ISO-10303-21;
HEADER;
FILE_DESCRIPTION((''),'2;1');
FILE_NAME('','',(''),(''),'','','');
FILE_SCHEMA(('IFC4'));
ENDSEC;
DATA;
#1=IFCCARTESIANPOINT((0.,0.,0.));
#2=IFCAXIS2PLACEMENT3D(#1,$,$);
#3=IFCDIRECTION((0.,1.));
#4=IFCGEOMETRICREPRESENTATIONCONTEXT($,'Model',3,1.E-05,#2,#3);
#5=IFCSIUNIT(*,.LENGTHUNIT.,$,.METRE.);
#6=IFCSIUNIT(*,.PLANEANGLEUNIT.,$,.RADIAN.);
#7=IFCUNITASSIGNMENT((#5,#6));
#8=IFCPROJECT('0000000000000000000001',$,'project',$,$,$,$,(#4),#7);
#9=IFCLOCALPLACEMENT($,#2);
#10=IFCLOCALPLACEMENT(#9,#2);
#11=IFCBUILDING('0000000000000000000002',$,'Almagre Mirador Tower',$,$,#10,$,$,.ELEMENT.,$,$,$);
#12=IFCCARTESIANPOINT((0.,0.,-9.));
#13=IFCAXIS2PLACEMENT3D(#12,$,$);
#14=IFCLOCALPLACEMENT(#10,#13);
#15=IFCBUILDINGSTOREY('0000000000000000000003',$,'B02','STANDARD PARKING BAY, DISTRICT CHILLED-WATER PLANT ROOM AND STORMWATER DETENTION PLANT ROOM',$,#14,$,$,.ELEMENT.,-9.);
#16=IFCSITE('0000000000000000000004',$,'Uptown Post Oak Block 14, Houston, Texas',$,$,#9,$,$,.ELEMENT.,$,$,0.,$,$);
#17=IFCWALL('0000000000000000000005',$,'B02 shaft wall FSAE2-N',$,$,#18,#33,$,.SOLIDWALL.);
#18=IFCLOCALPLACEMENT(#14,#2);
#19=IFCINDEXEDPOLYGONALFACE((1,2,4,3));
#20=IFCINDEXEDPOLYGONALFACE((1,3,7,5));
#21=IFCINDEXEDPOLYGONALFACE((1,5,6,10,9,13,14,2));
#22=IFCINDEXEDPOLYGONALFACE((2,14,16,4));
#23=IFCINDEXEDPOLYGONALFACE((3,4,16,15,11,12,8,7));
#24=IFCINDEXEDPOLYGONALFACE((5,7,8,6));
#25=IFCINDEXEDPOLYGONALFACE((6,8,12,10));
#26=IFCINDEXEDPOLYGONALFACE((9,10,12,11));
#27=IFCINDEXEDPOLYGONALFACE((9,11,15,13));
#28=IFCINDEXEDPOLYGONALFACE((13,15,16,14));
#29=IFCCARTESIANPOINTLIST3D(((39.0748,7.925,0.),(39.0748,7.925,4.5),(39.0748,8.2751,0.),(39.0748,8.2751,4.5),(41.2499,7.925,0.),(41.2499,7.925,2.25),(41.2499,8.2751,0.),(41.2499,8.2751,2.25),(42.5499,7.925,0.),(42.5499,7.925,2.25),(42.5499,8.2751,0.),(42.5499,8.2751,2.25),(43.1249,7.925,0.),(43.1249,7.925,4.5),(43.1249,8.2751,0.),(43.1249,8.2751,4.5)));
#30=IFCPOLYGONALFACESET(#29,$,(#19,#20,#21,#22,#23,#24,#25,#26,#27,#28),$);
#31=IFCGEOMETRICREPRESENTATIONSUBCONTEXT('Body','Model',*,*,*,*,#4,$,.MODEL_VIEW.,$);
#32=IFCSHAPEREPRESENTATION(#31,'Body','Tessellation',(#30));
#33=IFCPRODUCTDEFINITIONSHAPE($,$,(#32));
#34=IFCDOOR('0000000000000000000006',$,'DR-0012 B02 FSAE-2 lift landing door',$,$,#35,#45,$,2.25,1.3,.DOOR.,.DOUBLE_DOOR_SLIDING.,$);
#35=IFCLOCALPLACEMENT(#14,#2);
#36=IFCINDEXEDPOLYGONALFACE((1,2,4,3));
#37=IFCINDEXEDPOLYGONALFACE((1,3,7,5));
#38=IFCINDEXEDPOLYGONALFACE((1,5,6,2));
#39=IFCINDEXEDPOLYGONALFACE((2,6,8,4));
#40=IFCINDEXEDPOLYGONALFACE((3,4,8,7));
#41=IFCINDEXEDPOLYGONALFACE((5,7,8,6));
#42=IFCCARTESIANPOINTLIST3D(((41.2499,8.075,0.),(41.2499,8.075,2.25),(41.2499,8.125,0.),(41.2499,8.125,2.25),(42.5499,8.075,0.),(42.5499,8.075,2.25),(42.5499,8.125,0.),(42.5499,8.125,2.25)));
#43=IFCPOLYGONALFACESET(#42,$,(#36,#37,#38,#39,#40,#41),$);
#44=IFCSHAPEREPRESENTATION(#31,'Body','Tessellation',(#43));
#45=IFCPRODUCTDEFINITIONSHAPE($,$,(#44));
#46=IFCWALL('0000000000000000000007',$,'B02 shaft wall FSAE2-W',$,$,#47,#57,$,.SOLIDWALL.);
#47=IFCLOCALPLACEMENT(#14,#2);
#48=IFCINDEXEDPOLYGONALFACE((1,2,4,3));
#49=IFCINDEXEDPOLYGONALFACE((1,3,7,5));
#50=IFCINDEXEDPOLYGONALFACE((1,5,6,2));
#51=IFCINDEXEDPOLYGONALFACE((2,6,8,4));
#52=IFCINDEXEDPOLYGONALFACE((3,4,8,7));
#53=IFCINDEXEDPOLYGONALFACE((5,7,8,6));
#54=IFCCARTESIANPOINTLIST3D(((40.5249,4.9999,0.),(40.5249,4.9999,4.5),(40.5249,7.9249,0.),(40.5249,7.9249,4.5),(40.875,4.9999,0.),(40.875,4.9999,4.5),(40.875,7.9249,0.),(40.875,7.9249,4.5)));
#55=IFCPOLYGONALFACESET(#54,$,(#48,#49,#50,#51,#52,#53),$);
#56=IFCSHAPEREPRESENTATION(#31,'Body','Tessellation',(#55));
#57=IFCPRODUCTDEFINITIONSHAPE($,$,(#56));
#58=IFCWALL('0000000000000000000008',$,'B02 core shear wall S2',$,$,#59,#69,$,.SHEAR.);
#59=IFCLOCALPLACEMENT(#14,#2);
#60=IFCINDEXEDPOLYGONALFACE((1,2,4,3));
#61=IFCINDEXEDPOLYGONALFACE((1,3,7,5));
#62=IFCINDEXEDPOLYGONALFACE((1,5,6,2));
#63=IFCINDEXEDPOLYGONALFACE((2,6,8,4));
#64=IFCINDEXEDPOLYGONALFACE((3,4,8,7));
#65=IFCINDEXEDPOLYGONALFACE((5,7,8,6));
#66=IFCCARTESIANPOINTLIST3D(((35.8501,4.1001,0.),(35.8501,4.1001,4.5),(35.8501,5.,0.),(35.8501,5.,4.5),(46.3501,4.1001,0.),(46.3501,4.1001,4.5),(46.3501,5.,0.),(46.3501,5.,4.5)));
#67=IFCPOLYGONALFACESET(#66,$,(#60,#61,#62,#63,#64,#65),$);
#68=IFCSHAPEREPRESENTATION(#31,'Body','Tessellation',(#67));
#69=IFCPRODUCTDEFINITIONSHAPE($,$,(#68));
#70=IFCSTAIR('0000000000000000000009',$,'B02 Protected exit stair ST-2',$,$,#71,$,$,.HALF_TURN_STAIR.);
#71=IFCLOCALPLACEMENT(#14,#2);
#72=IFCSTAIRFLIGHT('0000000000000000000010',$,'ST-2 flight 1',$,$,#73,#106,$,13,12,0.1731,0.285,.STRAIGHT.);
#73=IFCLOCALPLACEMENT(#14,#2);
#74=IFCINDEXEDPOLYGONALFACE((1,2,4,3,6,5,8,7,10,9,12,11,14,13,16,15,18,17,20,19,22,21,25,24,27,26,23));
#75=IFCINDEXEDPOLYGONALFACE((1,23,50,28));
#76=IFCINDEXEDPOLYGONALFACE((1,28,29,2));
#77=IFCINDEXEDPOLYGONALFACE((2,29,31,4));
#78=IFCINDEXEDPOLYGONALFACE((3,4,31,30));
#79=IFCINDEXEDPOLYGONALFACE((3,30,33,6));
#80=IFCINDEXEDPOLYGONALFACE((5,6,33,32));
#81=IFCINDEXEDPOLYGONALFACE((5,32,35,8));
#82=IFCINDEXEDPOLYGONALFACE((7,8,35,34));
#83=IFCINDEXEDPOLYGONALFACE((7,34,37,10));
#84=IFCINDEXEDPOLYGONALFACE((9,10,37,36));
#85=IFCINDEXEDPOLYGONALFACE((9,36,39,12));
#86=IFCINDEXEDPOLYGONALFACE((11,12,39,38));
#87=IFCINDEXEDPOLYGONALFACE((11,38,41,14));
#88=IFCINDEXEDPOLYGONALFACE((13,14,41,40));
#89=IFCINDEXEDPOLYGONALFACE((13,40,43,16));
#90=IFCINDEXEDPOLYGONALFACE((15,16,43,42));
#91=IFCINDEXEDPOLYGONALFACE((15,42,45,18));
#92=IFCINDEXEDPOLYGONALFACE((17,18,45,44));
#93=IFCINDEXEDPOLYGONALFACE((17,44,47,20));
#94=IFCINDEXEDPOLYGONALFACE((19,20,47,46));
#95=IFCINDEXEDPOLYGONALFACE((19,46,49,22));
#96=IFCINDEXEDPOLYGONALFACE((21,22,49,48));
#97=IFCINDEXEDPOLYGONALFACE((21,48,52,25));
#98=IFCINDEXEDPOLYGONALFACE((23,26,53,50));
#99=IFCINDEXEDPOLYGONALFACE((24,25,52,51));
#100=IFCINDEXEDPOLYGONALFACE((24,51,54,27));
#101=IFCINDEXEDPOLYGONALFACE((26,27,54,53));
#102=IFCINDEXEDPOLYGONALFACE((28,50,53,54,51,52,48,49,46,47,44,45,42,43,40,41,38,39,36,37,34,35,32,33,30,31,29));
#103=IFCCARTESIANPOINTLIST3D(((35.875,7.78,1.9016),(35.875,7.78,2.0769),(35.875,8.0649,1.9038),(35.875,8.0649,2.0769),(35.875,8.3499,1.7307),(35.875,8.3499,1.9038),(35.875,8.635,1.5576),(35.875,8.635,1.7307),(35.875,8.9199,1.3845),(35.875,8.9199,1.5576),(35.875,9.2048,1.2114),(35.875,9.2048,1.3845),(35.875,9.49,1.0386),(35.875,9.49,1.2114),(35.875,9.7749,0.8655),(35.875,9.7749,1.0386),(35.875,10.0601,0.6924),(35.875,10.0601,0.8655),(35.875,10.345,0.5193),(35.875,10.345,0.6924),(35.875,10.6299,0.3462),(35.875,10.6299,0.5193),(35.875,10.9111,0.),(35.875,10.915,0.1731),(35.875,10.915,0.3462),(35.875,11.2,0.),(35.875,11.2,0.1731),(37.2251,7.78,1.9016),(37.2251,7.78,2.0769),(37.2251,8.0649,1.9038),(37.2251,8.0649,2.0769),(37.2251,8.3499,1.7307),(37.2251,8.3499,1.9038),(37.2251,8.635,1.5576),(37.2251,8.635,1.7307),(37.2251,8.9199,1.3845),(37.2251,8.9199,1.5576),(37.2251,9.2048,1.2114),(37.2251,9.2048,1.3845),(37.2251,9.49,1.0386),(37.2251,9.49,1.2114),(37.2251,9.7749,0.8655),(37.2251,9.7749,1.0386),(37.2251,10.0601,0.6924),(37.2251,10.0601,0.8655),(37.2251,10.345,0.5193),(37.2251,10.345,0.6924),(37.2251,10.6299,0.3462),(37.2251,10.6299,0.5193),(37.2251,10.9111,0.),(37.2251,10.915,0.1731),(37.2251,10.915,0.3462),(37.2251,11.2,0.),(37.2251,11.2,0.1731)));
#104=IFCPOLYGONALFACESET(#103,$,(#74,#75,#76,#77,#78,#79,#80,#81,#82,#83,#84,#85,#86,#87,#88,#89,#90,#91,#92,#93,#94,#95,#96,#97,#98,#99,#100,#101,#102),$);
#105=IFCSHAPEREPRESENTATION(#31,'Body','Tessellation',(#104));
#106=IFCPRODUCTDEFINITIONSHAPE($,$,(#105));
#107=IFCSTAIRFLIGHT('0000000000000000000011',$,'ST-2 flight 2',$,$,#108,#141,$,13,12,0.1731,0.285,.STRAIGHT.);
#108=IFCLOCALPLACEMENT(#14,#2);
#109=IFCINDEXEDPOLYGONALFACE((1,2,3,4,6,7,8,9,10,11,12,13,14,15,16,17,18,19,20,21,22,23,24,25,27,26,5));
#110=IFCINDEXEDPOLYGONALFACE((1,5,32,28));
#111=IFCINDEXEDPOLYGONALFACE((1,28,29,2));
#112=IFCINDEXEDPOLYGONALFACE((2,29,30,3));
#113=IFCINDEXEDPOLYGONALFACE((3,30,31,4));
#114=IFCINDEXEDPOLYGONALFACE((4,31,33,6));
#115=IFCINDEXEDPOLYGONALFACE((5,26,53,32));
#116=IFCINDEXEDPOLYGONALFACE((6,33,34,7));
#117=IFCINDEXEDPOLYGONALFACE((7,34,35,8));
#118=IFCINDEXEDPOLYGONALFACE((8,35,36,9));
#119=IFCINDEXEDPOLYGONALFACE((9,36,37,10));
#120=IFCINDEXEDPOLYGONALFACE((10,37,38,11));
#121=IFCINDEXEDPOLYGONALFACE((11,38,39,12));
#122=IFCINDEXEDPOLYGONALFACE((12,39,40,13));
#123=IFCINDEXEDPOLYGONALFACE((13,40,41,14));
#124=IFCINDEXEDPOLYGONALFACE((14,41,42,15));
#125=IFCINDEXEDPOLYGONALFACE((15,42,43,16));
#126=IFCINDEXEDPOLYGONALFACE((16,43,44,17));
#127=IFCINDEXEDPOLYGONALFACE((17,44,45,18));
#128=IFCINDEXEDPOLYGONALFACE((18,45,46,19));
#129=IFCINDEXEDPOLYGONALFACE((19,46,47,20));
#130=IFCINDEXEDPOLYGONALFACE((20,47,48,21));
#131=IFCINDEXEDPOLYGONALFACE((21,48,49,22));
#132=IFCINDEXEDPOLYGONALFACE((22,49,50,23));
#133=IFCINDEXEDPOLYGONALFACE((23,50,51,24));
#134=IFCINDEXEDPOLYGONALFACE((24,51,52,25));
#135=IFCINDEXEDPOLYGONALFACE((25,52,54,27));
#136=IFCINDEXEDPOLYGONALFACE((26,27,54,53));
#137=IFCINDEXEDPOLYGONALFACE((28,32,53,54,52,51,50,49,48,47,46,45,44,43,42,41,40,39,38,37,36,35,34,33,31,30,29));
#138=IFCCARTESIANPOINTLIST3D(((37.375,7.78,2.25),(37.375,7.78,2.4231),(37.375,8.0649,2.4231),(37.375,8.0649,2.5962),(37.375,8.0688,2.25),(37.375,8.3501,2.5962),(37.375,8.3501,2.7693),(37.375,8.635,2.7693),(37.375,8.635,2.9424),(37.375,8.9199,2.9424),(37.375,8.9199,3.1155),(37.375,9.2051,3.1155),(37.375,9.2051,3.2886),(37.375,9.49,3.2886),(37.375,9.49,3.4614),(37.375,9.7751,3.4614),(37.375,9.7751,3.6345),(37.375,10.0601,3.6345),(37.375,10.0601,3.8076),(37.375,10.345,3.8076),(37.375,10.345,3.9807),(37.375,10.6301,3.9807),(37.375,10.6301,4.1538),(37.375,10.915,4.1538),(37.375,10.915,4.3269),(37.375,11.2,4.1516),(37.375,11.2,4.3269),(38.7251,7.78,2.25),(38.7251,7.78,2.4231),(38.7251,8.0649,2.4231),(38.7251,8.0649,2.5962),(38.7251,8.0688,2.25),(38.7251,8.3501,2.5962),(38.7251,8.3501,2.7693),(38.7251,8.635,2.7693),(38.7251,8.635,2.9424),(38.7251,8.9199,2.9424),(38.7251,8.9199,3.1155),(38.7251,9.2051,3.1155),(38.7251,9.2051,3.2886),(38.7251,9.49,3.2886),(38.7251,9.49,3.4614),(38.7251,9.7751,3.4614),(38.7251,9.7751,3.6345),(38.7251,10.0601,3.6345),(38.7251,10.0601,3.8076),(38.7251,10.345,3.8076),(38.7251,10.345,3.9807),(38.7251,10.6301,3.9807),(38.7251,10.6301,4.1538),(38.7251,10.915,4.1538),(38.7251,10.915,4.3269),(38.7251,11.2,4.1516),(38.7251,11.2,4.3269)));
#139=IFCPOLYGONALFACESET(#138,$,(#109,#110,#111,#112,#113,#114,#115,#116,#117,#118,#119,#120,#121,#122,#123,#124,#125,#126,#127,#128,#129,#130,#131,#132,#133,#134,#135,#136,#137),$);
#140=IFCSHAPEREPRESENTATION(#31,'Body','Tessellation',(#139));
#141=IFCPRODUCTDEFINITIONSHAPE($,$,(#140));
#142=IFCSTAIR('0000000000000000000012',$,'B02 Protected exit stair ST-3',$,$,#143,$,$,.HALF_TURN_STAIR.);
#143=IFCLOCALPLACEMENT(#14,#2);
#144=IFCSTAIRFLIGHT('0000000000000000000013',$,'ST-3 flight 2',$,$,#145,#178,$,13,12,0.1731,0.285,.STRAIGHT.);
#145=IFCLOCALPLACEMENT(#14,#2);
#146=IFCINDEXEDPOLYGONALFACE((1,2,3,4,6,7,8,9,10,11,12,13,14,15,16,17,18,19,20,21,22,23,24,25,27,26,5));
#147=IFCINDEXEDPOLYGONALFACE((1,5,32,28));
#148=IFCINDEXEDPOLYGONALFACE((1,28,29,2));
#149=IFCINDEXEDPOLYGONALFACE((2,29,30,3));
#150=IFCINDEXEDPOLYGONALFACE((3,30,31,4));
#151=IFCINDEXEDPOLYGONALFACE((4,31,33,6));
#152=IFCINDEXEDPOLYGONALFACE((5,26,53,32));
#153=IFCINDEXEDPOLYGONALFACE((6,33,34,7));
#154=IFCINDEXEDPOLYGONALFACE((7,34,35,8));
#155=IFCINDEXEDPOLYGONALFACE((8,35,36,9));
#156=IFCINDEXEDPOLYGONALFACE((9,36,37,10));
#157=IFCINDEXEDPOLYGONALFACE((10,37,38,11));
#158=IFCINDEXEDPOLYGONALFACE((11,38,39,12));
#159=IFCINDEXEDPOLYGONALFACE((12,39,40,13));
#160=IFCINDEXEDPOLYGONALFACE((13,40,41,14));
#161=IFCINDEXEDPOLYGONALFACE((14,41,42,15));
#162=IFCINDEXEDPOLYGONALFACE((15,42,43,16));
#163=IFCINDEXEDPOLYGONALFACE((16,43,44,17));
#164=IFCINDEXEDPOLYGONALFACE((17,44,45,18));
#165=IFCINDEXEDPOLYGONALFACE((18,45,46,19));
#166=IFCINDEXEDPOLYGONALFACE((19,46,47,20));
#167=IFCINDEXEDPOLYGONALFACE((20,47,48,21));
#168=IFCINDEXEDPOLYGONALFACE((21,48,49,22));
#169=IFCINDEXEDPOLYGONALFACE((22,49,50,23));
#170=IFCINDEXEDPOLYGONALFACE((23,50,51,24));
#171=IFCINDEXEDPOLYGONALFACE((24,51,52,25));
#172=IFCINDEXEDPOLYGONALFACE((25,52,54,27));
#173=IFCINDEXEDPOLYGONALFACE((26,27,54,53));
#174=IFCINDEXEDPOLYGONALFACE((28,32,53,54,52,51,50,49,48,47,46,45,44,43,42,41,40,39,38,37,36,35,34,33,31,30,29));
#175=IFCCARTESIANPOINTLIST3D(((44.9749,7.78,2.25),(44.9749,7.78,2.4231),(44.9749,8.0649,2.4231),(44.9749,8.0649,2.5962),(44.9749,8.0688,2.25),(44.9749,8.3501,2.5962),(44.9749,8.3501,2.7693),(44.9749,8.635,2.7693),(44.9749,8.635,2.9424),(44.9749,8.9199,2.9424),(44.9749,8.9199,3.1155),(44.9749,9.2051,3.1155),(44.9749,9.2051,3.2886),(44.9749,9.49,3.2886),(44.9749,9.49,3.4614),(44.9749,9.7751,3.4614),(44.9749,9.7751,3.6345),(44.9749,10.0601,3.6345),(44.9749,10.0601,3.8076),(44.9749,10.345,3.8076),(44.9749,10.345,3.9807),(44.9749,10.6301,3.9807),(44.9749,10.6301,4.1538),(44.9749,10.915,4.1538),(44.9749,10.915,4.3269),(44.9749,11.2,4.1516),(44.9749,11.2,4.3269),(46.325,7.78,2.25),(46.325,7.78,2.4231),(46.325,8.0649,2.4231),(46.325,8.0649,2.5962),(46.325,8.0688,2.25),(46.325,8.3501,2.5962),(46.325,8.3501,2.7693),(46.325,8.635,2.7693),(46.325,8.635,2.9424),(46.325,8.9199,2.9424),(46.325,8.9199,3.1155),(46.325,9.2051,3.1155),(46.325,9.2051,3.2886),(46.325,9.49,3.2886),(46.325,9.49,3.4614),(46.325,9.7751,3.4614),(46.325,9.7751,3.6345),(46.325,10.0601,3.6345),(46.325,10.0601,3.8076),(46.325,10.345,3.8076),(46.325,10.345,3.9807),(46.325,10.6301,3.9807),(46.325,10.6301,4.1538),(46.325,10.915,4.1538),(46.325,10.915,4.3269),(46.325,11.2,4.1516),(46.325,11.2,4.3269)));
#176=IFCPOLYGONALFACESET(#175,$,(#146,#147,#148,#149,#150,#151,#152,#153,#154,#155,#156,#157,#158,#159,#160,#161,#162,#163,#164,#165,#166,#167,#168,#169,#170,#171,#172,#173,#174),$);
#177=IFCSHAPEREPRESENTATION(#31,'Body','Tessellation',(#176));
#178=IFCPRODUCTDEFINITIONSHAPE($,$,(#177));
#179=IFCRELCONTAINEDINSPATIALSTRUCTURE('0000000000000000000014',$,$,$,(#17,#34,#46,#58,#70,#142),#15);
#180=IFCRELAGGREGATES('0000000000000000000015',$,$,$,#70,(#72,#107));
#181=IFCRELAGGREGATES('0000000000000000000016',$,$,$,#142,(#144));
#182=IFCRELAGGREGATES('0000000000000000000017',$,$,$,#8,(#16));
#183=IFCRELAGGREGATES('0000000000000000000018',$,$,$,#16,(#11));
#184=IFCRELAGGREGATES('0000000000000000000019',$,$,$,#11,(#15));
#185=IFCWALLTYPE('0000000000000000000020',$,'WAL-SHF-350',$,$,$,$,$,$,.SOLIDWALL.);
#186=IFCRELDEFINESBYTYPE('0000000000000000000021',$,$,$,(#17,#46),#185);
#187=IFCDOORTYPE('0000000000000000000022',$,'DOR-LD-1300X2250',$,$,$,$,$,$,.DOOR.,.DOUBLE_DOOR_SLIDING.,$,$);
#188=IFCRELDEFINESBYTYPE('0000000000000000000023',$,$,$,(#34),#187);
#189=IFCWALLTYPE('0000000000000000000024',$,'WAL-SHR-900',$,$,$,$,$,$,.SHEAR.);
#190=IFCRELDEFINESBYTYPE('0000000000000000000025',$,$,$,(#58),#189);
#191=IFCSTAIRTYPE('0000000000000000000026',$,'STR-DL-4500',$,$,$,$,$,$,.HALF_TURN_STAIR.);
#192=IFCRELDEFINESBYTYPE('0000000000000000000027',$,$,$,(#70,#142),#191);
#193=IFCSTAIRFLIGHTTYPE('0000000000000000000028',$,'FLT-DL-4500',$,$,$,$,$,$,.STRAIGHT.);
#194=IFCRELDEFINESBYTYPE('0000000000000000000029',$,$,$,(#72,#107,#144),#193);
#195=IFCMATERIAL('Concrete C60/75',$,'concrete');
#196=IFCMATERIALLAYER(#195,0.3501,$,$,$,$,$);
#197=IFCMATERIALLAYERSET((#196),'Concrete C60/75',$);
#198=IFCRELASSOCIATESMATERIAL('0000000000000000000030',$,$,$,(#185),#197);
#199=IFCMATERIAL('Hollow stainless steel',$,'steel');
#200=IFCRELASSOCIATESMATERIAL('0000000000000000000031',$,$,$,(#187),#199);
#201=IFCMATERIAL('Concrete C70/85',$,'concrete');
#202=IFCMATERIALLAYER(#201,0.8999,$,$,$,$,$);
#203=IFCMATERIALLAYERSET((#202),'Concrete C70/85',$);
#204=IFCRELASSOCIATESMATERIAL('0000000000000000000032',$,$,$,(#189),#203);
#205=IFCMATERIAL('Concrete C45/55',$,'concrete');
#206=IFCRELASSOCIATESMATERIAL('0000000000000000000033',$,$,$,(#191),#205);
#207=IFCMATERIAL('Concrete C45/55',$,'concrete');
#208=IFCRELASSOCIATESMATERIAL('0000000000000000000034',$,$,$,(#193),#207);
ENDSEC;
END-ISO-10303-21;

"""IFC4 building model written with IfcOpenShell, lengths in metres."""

from ifc_helpers import new_model, si_unit, direction, frame, frame_2d, origin, place, context, subcontext, project, spatial, polyline, rectangle, outline, extrude, material, layer, layer_set, type_object, element, fill, aggregate, save


model = new_model("IFC4")

# Units and contexts
model_context = context("Model", 3, precision=1e-05, world=origin(), true_north=direction((0.0, 1.0)))
body_context = subcontext(model_context, "Body", "Model", "MODEL_VIEW")
ifc_project = project(units=[si_unit("LENGTHUNIT", "METRE"), si_unit("PLANEANGLEUNIT", "RADIAN")], contexts=[model_context])

# Site, building, storey
site_placement = place(None, origin())
site = spatial("IfcSite", under=ifc_project, at=site_placement, Name="Uptown Post Oak Block 14, Houston, Texas", CompositionType="ELEMENT", RefElevation=0.0)
building_placement = place(site_placement, origin())
building = spatial("IfcBuilding", under=site, at=building_placement, Name="Almagre Mirador Tower", CompositionType="ELEMENT")
storey_placement = place(building_placement, frame((0.0, 0.0, -9.0)))
storey = spatial("IfcBuildingStorey", under=building, at=storey_placement, Name="B02", Description="STANDARD PARKING BAY, DISTRICT CHILLED-WATER PLANT ROOM AND STORMWATER DETENTION PLANT ROOM", CompositionType="ELEMENT", Elevation=-9.0)

# Shared definitions
ifc_material_1 = material(Name="Concrete C60/75", Category="concrete")
ifc_layer_1 = layer(ifc_material_1, 0.3501)
ifc_layer_set_1 = layer_set([ifc_layer_1], Name="Concrete C60/75")
wall_type_1 = type_object("IfcWallType", Name="WAL-SHF-350", PredefinedType="SOLIDWALL", material=ifc_layer_set_1)

# Wall, opening, door
wall_1_placement = place(storey_placement, frame((39.075, 8.1001, 0.0), z_axis=(0.0, 0.0, 1.0), x_axis=(1.0, 0.0, 0.0)))
wall_1 = element("IfcWall", 1, at=wall_1_placement, inside=storey, type_object=wall_type_1, Name="B02 shaft wall FSAE2-N", PredefinedType="SOLIDWALL", context=body_context, shape_type="SweptSolid", body=[
    extrude(rectangle(XDim=4.05, YDim=0.3501, at=frame_2d((2.0249, 0.0))), origin(), (0.0, 0.0, 1.0), 4.5),
])
opening_1_placement = place(wall_1_placement, frame((2.175, 0.0, 0.0)))
opening_1 = element("IfcOpeningElement", 2, at=opening_1_placement, cuts=wall_1, PredefinedType="OPENING", context=body_context, shape_type="SweptSolid", body=[
    extrude(rectangle(XDim=1.3, YDim=2.25, at=frame_2d((0.6499, 1.125))), frame((0.0, 0.185, 0.0), z_axis=(0.0, -1.0, 0.0), x_axis=(1.0, 0.0, 0.0)), (0.0, 0.0, 1.0), 0.3701),
])
ifc_material_2 = material(Name="Hollow stainless steel", Category="steel")
door_type_1 = type_object("IfcDoorType", Name="DOR-LD-1300X2250", OperationType="DOUBLE_DOOR_SLIDING", PredefinedType="DOOR", material=ifc_material_2)
door_1_placement = place(opening_1_placement, origin())
door_1 = element("IfcDoor", 3, at=door_1_placement, inside=storey, type_object=door_type_1, Name="DR-0012 B02 FSAE-2 lift landing door", OperationType="DOUBLE_DOOR_SLIDING", OverallHeight=2.25, OverallWidth=1.3, PredefinedType="DOOR", context=body_context, shape_type="SweptSolid", body=[
    extrude(rectangle(XDim=1.3, YDim=2.25, at=frame_2d((0.6499, 1.125))), frame((0.0, 0.0249, 0.0), z_axis=(0.0, -1.0, 0.0), x_axis=(1.0, 0.0, 0.0)), (0.0, 0.0, 1.0), 0.05),
])
fill(opening_1, door_1)

# Walls
wall_2_placement = place(storey_placement, frame((40.7, 5.0, 0.0), z_axis=(0.0, 0.0, 1.0), x_axis=(0.0, 1.0, 0.0)))
element("IfcWall", 4, at=wall_2_placement, inside=storey, type_object=wall_type_1, Name="B02 shaft wall FSAE2-W", PredefinedType="SOLIDWALL", context=body_context, shape_type="SweptSolid", body=[
    extrude(rectangle(XDim=2.925, YDim=0.3501, at=frame_2d((1.4624, 0.0))), origin(), (0.0, 0.0, 1.0), 4.5),
])
ifc_material_3 = material(Name="Concrete C70/85", Category="concrete")
ifc_layer_2 = layer(ifc_material_3, 0.8999)
ifc_layer_set_2 = layer_set([ifc_layer_2], Name="Concrete C70/85")
wall_type_2 = type_object("IfcWallType", Name="WAL-SHR-900", PredefinedType="SHEAR", material=ifc_layer_set_2)
wall_3_placement = place(storey_placement, frame((35.8501, 4.55, 0.0), z_axis=(0.0, 0.0, 1.0), x_axis=(1.0, 0.0, 0.0)))
element("IfcWall", 5, at=wall_3_placement, inside=storey, type_object=wall_type_2, Name="B02 core shear wall S2", PredefinedType="SHEAR", context=body_context, shape_type="SweptSolid", body=[
    extrude(rectangle(XDim=10.5, YDim=0.8999, at=frame_2d((5.25, 0.0))), origin(), (0.0, 0.0, 1.0), 4.5),
])

# Stair, stair flights
ifc_material_4 = material(Name="Concrete C45/55", Category="concrete")
stair_type = type_object("IfcStairType", Name="STR-DL-4500", PredefinedType="HALF_TURN_STAIR", material=ifc_material_4)
stair_1_placement = place(storey_placement, origin())
stair_1 = element("IfcStair", 6, at=stair_1_placement, inside=storey, type_object=stair_type, Name="B02 Protected exit stair ST-2", PredefinedType="HALF_TURN_STAIR")
ifc_material_5 = material(Name="Concrete C45/55", Category="concrete")
stair_flight_type = type_object("IfcStairFlightType", Name="FLT-DL-4500", PredefinedType="STRAIGHT", material=ifc_material_5)
stair_flight_1_placement = place(storey_placement, frame((36.55, 11.2, 0.0), z_axis=(0.0, 0.0, 1.0), x_axis=(0.0, -1.0, 0.0)))
stair_flight_1 = element("IfcStairFlight", 7, at=stair_flight_1_placement, type_object=stair_flight_type, Name="ST-2 flight 1", NumberOfRisers=13, NumberOfTreads=12, PredefinedType="STRAIGHT", RiserHeight=0.1731, TreadLength=0.285, context=body_context, shape_type="SweptSolid", body=[
    extrude(outline(polyline([(0.0, 0.0), (0.0, 0.1731), (0.2849, 0.1731), (0.2849, 0.3462), (0.5701, 0.3462), (0.5701, 0.5193), (0.855, 0.5193), (0.855, 0.6924), (1.1399, 0.6924), (1.1399, 0.8655), (1.425, 0.8655), (1.425, 1.0386), (1.71, 1.0386), (1.71, 1.2114), (1.9951, 1.2114), (1.9951, 1.3845), (2.28, 1.3845), (2.28, 1.5576), (2.5649, 1.5576), (2.5649, 1.7307), (2.8501, 1.7307), (2.8501, 1.9038), (3.135, 1.9038), (3.135, 2.0769), (3.4199, 2.0769), (3.4199, 2.25), (3.4199, 1.9016), (0.2888, 0.0), (0.0, 0.0)])), frame((0.0, 0.675, 0.0), z_axis=(0.0, -1.0, 0.0), x_axis=(1.0, 0.0, 0.0)), (0.0, 0.0, 1.0), 1.3501),
])
stair_flight_2_placement = place(storey_placement, frame((38.05, 7.78, 2.25), z_axis=(0.0, 0.0, 1.0), x_axis=(0.0, 1.0, 0.0)))
stair_flight_2 = element("IfcStairFlight", 8, at=stair_flight_2_placement, type_object=stair_flight_type, Name="ST-2 flight 2", NumberOfRisers=13, NumberOfTreads=12, PredefinedType="STRAIGHT", RiserHeight=0.1731, TreadLength=0.285, context=body_context, shape_type="SweptSolid", body=[
    extrude(outline(polyline([(0.0, 0.0), (0.0, 0.1731), (0.2849, 0.1731), (0.2849, 0.3462), (0.5701, 0.3462), (0.5701, 0.5193), (0.855, 0.5193), (0.855, 0.6924), (1.1399, 0.6924), (1.1399, 0.8655), (1.425, 0.8655), (1.425, 1.0386), (1.71, 1.0386), (1.71, 1.2114), (1.9951, 1.2114), (1.9951, 1.3845), (2.28, 1.3845), (2.28, 1.5576), (2.5649, 1.5576), (2.5649, 1.7307), (2.8501, 1.7307), (2.8501, 1.9038), (3.135, 1.9038), (3.135, 2.0769), (3.4199, 2.0769), (3.4199, 2.25), (3.4199, 1.9016), (0.2888, 0.0), (0.0, 0.0)])), frame((0.0, 0.675, 0.0), z_axis=(0.0, -1.0, 0.0), x_axis=(1.0, 0.0, 0.0)), (0.0, 0.0, 1.0), 1.3501),
])
aggregate(stair_1, [stair_flight_1, stair_flight_2])

# Stair, stair flight
stair_2_placement = place(storey_placement, origin())
stair_2 = element("IfcStair", 9, at=stair_2_placement, inside=storey, type_object=stair_type, Name="B02 Protected exit stair ST-3", PredefinedType="HALF_TURN_STAIR")
stair_flight_3_placement = place(storey_placement, frame((45.6499, 7.78, 2.25), z_axis=(0.0, 0.0, 1.0), x_axis=(0.0, 1.0, 0.0)))
stair_flight_3 = element("IfcStairFlight", 10, at=stair_flight_3_placement, type_object=stair_flight_type, Name="ST-3 flight 2", NumberOfRisers=13, NumberOfTreads=12, PredefinedType="STRAIGHT", RiserHeight=0.1731, TreadLength=0.285, context=body_context, shape_type="SweptSolid", body=[
    extrude(outline(polyline([(0.0, 0.0), (0.0, 0.1731), (0.2849, 0.1731), (0.2849, 0.3462), (0.5701, 0.3462), (0.5701, 0.5193), (0.855, 0.5193), (0.855, 0.6924), (1.1399, 0.6924), (1.1399, 0.8655), (1.425, 0.8655), (1.425, 1.0386), (1.71, 1.0386), (1.71, 1.2114), (1.9951, 1.2114), (1.9951, 1.3845), (2.28, 1.3845), (2.28, 1.5576), (2.5649, 1.5576), (2.5649, 1.7307), (2.8501, 1.7307), (2.8501, 1.9038), (3.135, 1.9038), (3.135, 2.0769), (3.4199, 2.0769), (3.4199, 2.25), (3.4199, 1.9016), (0.2888, 0.0), (0.0, 0.0)])), frame((0.0, 0.675, 0.0), z_axis=(0.0, -1.0, 0.0), x_axis=(1.0, 0.0, 0.0)), (0.0, 0.0, 1.0), 1.3501),
])
aggregate(stair_2, [stair_flight_3])

save(model, "model.ifc")
